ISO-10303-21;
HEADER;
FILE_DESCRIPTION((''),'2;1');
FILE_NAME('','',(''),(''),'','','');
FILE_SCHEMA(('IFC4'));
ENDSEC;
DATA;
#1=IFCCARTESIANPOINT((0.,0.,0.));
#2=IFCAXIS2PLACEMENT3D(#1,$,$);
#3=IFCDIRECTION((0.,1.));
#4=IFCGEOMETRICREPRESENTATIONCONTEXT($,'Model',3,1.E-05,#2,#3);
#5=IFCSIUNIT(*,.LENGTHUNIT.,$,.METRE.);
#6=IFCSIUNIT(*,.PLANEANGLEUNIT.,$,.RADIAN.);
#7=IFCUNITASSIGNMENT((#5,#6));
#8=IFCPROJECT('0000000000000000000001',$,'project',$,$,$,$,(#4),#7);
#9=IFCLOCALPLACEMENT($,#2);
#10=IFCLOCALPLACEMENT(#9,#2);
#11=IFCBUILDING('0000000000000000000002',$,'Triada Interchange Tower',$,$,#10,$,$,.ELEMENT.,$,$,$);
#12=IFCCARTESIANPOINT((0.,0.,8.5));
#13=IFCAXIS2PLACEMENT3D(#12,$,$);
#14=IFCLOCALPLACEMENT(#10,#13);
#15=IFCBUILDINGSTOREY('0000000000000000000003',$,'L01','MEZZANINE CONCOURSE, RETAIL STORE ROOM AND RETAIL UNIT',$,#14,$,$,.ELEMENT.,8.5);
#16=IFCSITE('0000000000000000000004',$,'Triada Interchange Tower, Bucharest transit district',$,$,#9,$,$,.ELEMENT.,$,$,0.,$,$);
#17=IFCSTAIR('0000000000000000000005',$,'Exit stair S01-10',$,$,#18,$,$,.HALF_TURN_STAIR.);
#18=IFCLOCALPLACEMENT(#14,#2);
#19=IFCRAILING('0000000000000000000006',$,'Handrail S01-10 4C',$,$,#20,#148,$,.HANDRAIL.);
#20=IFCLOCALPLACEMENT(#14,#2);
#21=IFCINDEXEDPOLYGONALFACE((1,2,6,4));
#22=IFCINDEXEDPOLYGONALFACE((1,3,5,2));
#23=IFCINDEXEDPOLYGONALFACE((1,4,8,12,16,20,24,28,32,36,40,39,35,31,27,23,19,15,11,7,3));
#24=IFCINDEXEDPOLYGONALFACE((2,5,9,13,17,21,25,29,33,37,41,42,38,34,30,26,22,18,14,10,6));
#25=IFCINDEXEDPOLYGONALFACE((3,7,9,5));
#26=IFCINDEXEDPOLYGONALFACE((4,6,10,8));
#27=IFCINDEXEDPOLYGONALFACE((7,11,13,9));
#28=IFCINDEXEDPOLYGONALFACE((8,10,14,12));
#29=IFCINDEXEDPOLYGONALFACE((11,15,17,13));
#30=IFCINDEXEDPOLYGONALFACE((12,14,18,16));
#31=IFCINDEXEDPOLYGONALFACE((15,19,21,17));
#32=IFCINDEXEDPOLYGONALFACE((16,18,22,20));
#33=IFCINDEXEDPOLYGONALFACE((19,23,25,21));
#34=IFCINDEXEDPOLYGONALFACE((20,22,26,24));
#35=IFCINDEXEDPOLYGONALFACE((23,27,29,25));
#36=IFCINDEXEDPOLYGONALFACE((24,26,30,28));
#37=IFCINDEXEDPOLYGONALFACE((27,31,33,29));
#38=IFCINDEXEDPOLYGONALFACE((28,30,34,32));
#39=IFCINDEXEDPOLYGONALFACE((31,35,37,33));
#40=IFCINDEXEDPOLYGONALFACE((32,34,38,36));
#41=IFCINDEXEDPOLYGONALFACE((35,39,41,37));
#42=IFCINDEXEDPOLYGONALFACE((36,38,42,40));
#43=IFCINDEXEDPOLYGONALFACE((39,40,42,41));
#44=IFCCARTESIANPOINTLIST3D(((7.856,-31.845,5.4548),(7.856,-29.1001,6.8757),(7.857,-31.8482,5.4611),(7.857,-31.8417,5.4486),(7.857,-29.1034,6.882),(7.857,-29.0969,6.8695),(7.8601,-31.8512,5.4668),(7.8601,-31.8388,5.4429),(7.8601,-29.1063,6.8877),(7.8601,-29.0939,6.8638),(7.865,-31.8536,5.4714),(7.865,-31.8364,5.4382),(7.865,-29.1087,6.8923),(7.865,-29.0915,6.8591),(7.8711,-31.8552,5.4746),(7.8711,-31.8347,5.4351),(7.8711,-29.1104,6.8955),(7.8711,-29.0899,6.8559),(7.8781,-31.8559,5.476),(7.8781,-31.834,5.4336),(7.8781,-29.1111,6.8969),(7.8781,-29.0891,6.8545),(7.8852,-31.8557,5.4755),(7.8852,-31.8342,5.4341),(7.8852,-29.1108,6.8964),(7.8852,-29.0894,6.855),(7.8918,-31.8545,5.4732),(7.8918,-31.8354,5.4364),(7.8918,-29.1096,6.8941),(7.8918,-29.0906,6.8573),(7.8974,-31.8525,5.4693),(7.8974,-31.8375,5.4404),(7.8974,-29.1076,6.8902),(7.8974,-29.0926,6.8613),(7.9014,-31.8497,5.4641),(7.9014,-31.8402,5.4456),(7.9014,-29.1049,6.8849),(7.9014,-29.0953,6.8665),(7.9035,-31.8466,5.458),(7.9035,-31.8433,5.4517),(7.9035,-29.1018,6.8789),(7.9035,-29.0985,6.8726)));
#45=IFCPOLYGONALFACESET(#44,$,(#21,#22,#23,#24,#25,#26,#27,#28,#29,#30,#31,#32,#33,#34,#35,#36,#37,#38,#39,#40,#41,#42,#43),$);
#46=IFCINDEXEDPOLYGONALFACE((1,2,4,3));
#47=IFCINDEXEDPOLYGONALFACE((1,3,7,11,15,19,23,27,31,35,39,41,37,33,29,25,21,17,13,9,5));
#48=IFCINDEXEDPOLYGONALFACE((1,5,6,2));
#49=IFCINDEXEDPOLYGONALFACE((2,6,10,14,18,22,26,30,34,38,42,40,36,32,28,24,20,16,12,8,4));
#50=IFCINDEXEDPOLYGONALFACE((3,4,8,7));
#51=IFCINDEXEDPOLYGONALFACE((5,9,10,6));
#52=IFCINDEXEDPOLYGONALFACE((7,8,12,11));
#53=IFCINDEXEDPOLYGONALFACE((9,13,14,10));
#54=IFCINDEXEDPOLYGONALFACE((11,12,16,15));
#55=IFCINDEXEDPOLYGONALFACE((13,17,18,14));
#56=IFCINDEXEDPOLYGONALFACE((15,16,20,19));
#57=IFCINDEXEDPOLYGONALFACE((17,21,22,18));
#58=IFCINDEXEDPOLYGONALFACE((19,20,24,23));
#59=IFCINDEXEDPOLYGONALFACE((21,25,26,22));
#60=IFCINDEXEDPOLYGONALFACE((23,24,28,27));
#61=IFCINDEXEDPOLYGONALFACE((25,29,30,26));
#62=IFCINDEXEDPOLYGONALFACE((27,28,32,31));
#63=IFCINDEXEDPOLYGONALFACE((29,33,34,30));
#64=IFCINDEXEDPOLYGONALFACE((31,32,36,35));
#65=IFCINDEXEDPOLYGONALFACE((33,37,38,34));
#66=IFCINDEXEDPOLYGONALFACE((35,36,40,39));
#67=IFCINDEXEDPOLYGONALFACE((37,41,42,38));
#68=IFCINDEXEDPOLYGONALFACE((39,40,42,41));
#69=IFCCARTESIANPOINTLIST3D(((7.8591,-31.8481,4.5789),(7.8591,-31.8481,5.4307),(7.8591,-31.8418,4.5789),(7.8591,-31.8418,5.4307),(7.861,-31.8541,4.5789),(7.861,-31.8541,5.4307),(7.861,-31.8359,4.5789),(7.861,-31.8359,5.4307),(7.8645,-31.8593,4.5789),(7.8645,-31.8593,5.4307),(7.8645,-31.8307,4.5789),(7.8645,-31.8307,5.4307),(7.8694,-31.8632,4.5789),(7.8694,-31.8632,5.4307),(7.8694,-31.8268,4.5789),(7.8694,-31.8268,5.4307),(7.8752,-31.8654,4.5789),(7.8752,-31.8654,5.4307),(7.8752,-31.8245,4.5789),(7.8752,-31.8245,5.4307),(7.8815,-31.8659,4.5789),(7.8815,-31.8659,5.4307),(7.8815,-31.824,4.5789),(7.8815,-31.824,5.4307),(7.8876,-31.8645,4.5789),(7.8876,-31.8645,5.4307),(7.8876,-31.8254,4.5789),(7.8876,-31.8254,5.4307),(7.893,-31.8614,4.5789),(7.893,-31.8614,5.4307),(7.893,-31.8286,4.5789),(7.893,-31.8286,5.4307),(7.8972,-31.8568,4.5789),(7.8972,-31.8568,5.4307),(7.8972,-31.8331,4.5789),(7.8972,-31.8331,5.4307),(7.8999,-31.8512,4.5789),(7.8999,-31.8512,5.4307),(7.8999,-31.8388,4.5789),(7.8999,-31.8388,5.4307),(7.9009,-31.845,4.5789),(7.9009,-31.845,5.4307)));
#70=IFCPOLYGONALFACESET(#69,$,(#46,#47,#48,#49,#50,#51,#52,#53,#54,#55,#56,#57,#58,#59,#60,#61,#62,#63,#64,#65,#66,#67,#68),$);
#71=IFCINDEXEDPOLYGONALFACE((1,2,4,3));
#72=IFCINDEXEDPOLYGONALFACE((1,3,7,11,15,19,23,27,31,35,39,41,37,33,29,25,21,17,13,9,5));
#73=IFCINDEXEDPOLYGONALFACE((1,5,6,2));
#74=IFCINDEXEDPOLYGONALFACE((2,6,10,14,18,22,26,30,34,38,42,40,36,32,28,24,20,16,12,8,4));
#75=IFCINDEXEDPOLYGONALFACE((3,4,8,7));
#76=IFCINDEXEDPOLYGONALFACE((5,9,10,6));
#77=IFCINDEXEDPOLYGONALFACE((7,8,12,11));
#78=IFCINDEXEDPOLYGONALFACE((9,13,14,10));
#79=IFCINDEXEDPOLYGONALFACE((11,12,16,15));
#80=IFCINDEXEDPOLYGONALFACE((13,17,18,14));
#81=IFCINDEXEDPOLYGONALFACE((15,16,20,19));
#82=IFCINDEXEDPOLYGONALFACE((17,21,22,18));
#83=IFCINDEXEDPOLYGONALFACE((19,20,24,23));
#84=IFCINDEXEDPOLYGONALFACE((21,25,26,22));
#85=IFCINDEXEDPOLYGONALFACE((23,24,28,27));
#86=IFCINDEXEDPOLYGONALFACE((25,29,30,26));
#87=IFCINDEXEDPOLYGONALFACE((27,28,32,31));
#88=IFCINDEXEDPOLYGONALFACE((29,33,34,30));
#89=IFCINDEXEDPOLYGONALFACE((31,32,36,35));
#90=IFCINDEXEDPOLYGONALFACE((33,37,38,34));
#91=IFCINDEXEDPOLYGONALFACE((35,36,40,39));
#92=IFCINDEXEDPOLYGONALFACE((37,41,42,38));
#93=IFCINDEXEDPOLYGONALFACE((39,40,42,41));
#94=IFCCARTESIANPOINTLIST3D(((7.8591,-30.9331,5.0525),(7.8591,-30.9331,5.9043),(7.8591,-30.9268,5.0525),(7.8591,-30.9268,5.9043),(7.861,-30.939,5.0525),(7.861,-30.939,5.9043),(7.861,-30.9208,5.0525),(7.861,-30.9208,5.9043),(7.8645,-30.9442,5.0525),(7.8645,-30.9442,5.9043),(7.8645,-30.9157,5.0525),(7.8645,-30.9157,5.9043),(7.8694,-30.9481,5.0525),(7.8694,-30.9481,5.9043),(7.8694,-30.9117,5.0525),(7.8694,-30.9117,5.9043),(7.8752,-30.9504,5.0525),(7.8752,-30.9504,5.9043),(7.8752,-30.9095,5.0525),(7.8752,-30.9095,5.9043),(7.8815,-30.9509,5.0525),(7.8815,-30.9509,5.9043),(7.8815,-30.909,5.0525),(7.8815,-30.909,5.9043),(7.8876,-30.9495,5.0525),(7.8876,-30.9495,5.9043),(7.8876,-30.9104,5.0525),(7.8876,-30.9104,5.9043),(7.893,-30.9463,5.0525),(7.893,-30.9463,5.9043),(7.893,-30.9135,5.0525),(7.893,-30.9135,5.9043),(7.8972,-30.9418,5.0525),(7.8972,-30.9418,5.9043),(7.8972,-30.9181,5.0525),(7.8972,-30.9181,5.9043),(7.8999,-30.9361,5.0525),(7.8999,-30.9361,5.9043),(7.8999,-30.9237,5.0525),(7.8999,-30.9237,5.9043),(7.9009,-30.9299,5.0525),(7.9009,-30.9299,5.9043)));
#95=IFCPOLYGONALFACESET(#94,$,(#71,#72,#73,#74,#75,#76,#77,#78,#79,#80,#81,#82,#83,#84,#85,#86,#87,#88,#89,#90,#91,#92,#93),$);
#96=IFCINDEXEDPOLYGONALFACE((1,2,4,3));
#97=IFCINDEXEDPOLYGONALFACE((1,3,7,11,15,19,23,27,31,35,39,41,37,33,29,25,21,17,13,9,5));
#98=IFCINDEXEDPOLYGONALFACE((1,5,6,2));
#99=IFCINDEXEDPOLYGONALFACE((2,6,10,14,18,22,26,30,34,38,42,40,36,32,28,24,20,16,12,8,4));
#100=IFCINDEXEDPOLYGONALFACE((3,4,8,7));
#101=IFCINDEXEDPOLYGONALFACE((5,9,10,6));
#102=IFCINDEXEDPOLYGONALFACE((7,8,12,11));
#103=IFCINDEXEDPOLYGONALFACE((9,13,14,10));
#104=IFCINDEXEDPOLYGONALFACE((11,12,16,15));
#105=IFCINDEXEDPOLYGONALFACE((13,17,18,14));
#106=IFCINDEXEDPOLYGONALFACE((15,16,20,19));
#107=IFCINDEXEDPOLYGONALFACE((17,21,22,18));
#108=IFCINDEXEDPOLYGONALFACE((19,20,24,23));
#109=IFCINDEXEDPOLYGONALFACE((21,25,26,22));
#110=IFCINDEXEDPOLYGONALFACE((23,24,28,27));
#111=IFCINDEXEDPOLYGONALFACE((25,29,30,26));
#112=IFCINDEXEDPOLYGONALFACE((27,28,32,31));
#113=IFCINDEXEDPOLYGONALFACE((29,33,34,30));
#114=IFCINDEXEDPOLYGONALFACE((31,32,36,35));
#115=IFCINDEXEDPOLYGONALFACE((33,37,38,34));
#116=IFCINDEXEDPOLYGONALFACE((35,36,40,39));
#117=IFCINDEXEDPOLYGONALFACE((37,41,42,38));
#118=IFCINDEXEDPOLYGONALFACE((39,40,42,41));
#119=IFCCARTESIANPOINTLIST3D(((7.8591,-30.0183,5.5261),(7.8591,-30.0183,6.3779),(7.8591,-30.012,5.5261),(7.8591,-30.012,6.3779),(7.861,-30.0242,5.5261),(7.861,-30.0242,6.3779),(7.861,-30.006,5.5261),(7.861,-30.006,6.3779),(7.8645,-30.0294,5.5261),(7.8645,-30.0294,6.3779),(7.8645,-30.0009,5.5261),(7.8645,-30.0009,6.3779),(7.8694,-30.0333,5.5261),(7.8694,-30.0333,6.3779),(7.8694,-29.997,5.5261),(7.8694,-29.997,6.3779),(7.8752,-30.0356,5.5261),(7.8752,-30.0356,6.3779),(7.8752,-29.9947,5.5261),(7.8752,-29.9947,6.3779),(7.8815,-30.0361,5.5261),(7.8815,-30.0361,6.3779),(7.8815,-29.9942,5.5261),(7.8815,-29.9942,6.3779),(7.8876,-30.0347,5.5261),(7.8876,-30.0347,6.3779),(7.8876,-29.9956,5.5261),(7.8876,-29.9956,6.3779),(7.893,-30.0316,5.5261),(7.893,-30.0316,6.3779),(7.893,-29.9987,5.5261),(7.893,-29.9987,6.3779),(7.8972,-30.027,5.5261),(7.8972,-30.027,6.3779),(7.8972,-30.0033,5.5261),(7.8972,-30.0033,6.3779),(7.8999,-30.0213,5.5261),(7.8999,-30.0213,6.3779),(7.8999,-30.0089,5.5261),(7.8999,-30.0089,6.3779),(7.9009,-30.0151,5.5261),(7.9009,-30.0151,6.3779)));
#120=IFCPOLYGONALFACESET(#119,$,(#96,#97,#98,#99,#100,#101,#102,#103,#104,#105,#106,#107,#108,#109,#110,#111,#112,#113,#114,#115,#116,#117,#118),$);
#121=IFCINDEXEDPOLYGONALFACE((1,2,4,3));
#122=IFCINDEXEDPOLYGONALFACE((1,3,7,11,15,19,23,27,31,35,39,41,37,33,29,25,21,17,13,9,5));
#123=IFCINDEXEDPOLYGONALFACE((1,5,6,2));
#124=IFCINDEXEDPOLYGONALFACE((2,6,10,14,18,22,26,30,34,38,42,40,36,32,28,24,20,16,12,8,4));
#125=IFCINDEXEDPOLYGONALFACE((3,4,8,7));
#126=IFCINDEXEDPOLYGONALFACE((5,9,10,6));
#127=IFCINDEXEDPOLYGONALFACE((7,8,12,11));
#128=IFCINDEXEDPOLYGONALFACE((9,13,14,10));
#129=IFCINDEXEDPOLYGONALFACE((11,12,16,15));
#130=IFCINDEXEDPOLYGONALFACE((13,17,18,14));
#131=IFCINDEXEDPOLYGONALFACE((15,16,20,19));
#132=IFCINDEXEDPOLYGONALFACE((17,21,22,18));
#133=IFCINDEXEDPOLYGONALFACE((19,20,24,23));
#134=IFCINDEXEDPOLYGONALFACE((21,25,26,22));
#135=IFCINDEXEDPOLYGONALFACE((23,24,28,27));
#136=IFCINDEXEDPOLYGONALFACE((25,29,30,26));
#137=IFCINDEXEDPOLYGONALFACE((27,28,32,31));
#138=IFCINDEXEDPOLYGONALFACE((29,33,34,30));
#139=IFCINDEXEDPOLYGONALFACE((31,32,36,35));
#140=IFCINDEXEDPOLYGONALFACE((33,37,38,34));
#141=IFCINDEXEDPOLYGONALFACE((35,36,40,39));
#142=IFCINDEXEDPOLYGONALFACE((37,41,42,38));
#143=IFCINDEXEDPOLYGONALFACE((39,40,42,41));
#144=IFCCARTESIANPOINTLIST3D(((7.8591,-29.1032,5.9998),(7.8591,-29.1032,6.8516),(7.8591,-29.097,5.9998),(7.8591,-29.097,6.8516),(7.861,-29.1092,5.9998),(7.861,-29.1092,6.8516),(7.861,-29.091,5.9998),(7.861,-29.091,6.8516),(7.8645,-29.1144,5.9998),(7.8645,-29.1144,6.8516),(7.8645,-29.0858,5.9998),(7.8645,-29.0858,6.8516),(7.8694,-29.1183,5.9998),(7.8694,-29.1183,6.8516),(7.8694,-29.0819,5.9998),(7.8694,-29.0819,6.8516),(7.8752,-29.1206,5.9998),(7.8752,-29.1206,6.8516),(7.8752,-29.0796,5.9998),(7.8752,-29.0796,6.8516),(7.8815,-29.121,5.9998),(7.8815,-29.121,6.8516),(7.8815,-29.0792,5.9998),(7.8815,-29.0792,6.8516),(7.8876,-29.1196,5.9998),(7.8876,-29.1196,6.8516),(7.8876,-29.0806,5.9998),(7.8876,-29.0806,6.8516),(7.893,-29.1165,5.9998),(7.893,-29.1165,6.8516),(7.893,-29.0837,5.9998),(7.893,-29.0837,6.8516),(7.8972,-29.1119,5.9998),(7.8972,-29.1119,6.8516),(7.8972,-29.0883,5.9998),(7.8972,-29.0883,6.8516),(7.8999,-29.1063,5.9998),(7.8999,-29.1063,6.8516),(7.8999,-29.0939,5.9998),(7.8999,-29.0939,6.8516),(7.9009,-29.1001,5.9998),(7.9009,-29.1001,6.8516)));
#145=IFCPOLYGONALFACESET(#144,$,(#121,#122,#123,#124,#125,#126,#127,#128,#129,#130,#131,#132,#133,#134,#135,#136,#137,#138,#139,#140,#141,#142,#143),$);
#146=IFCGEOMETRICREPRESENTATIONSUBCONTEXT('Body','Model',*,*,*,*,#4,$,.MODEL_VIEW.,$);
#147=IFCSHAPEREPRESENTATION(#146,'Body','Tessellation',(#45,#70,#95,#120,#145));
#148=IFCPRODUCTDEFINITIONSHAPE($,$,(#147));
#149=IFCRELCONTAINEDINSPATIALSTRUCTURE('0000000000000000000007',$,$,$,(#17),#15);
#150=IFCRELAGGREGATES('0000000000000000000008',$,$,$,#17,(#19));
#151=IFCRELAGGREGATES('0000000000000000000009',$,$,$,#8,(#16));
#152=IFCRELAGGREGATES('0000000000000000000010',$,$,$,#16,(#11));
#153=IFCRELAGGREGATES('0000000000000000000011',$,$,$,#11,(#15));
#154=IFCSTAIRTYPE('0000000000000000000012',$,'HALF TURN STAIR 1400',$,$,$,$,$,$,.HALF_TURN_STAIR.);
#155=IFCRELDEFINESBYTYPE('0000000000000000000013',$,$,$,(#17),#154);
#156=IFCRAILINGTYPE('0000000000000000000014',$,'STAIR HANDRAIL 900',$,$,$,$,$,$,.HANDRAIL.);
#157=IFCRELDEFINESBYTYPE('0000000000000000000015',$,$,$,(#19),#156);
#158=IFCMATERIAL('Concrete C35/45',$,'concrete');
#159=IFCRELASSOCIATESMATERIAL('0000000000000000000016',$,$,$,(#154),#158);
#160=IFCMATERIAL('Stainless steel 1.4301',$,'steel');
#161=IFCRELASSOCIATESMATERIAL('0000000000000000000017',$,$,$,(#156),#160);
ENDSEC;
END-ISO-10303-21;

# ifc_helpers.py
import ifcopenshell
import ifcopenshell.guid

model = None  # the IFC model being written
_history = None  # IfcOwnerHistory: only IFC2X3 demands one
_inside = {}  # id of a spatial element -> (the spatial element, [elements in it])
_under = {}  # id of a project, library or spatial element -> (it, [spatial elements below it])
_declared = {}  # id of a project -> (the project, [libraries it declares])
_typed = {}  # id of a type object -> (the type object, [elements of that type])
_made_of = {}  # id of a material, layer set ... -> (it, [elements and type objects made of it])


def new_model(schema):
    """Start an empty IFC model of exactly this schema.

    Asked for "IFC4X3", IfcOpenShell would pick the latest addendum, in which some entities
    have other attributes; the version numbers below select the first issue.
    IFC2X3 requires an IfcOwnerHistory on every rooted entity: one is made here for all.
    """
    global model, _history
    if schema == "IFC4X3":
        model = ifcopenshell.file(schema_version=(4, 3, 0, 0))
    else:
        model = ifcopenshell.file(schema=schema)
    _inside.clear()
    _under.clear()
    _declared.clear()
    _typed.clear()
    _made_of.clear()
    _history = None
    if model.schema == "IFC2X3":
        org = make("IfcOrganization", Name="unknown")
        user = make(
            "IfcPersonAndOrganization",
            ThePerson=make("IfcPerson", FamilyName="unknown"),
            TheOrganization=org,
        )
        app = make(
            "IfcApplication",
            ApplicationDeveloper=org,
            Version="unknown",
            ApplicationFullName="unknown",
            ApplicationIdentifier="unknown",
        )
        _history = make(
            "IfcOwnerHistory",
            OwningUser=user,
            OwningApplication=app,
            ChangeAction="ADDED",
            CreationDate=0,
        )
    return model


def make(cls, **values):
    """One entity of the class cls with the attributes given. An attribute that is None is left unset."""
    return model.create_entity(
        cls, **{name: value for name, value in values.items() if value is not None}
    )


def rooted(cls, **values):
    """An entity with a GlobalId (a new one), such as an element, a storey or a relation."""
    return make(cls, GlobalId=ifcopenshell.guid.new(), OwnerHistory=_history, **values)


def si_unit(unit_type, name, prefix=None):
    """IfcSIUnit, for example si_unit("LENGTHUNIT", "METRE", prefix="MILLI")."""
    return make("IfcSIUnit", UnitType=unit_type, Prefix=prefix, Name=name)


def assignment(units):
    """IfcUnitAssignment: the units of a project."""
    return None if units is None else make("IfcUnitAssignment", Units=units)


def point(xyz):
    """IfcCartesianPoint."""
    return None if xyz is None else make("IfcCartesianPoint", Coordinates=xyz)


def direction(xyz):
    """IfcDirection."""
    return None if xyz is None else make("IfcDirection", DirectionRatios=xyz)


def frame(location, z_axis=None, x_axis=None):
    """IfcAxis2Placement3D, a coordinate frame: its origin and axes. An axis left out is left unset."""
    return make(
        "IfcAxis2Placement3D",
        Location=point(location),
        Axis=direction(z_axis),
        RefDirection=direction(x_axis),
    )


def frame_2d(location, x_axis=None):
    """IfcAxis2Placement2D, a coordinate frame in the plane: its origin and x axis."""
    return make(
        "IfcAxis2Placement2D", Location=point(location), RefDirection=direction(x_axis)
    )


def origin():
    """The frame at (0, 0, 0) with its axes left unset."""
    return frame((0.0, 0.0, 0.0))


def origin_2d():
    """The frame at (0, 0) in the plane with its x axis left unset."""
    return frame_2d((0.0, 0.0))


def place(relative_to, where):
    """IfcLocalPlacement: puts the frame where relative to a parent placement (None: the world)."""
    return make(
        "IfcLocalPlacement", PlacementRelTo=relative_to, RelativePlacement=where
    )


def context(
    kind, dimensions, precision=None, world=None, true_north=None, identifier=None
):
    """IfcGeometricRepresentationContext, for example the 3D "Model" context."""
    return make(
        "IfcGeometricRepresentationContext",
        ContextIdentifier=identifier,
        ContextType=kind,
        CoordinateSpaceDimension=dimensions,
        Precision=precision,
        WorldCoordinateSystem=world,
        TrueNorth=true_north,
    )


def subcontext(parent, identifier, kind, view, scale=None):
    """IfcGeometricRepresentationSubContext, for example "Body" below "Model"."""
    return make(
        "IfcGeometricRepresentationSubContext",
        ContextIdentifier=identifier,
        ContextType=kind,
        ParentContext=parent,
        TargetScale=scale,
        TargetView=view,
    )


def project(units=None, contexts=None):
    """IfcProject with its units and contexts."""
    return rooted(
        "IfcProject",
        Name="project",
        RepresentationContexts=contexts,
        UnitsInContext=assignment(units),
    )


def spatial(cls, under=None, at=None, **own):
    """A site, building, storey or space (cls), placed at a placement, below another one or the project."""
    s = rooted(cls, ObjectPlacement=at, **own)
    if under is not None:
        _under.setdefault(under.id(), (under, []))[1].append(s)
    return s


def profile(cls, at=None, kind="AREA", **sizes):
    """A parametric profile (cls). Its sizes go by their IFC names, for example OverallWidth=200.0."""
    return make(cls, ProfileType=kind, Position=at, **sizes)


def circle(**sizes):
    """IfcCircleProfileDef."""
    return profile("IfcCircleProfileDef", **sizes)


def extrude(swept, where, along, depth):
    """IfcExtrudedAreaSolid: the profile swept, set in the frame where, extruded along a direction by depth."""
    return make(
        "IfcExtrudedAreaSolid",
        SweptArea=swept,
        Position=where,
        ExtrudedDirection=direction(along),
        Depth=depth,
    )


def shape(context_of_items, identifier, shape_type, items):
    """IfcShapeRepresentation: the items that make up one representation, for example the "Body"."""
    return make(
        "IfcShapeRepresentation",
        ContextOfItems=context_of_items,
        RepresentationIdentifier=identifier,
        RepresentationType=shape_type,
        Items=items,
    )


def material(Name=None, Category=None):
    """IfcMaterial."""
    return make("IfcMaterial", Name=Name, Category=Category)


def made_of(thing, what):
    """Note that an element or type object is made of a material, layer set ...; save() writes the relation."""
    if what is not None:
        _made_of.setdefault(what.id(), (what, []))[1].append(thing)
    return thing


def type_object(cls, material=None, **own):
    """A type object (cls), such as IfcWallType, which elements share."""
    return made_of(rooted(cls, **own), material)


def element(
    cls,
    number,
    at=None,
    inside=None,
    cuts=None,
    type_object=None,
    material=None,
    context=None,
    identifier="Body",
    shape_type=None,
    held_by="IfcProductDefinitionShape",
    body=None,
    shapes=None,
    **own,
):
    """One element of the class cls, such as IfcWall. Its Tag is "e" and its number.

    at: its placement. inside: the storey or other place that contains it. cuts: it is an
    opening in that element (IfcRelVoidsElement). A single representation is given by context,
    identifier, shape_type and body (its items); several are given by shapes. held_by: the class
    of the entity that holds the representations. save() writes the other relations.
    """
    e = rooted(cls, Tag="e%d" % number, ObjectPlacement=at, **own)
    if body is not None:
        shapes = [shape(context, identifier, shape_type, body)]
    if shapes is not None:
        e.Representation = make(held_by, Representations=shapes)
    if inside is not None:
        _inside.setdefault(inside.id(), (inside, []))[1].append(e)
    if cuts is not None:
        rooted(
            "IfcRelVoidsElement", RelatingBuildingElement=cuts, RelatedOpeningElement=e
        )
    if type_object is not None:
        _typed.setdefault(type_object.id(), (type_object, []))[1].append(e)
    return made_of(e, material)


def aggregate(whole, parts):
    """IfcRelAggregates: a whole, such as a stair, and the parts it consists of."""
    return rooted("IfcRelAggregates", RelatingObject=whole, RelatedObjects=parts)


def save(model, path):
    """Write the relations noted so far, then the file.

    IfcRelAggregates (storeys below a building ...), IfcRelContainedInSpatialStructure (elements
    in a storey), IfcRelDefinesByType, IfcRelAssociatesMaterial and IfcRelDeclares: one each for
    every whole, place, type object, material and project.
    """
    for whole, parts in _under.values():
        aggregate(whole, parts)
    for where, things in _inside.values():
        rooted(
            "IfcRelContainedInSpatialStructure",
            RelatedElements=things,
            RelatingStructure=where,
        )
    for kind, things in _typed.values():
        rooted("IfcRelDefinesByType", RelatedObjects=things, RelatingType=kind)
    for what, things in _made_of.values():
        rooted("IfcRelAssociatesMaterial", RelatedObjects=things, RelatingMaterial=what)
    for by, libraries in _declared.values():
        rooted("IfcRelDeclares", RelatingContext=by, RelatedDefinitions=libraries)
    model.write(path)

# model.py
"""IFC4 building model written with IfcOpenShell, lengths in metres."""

from ifc_helpers import new_model, si_unit, direction, frame, origin, origin_2d, place, context, subcontext, project, spatial, circle, extrude, material, type_object, element, aggregate, save


model = new_model("IFC4")

# Units and contexts
model_context = context("Model", 3, precision=1e-05, world=origin(), true_north=direction((0.0, 1.0)))
body_context = subcontext(model_context, "Body", "Model", "MODEL_VIEW")
ifc_project = project(units=[si_unit("LENGTHUNIT", "METRE"), si_unit("PLANEANGLEUNIT", "RADIAN")], contexts=[model_context])

# Site, building, storey
site_placement = place(None, origin())
site = spatial("IfcSite", under=ifc_project, at=site_placement, Name="Triada Interchange Tower, Bucharest transit district", CompositionType="ELEMENT", RefElevation=0.0)
building_placement = place(site_placement, origin())
building = spatial("IfcBuilding", under=site, at=building_placement, Name="Triada Interchange Tower", CompositionType="ELEMENT")
storey_placement = place(building_placement, frame((0.0, 0.0, 8.5)))
storey = spatial("IfcBuildingStorey", under=building, at=storey_placement, Name="L01", Description="MEZZANINE CONCOURSE, RETAIL STORE ROOM AND RETAIL UNIT", CompositionType="ELEMENT", Elevation=8.5)

# Shared definitions
ifc_material_1 = material(Name="Concrete C35/45", Category="concrete")

# Stair
stair_type = type_object("IfcStairType", Name="HALF TURN STAIR 1400", PredefinedType="HALF_TURN_STAIR", material=ifc_material_1)
stair_1_placement = place(storey_placement, origin())
stair_1 = element("IfcStair", 1, at=stair_1_placement, inside=storey, type_object=stair_type, Name="Exit stair S01-10", PredefinedType="HALF_TURN_STAIR")

# Shared definitions
ifc_material_2 = material(Name="Stainless steel 1.4301", Category="steel")

# Railing
railing_type_1 = type_object("IfcRailingType", Name="STAIR HANDRAIL 900", PredefinedType="HANDRAIL", material=ifc_material_2)
railing_1_placement = place(storey_placement, frame((7.8799, -31.845, 4.5789)))
railing_1 = element("IfcRailing", 2, at=railing_1_placement, type_object=railing_type_1, Name="Handrail S01-10 4C", PredefinedType="HANDRAIL", context=body_context, shape_type="SweptSolid", body=[
    extrude(circle(Radius=0.0239, at=origin_2d()), frame((0.0, 0.0, 0.876), z_axis=(0.0, 0.888068, 0.459713), x_axis=(-1.0, 0.0, 0.0)), (0.0, 0.0, 1.0), 3.0908),
    extrude(circle(Radius=0.021, at=origin_2d()), origin(), (0.0, 0.0, 1.0), 0.8518),
    extrude(circle(Radius=0.021, at=origin_2d()), frame((0.0, 0.915, 0.4736)), (0.0, 0.0, 1.0), 0.8518),
    extrude(circle(Radius=0.021, at=origin_2d()), frame((0.0, 1.8298, 0.9473)), (0.0, 0.0, 1.0), 0.8518),
    extrude(circle(Radius=0.021, at=origin_2d()), frame((0.0, 2.7449, 1.4209)), (0.0, 0.0, 1.0), 0.8518),
])
aggregate(stair_1, [railing_1])

save(model, "model.ifc")
